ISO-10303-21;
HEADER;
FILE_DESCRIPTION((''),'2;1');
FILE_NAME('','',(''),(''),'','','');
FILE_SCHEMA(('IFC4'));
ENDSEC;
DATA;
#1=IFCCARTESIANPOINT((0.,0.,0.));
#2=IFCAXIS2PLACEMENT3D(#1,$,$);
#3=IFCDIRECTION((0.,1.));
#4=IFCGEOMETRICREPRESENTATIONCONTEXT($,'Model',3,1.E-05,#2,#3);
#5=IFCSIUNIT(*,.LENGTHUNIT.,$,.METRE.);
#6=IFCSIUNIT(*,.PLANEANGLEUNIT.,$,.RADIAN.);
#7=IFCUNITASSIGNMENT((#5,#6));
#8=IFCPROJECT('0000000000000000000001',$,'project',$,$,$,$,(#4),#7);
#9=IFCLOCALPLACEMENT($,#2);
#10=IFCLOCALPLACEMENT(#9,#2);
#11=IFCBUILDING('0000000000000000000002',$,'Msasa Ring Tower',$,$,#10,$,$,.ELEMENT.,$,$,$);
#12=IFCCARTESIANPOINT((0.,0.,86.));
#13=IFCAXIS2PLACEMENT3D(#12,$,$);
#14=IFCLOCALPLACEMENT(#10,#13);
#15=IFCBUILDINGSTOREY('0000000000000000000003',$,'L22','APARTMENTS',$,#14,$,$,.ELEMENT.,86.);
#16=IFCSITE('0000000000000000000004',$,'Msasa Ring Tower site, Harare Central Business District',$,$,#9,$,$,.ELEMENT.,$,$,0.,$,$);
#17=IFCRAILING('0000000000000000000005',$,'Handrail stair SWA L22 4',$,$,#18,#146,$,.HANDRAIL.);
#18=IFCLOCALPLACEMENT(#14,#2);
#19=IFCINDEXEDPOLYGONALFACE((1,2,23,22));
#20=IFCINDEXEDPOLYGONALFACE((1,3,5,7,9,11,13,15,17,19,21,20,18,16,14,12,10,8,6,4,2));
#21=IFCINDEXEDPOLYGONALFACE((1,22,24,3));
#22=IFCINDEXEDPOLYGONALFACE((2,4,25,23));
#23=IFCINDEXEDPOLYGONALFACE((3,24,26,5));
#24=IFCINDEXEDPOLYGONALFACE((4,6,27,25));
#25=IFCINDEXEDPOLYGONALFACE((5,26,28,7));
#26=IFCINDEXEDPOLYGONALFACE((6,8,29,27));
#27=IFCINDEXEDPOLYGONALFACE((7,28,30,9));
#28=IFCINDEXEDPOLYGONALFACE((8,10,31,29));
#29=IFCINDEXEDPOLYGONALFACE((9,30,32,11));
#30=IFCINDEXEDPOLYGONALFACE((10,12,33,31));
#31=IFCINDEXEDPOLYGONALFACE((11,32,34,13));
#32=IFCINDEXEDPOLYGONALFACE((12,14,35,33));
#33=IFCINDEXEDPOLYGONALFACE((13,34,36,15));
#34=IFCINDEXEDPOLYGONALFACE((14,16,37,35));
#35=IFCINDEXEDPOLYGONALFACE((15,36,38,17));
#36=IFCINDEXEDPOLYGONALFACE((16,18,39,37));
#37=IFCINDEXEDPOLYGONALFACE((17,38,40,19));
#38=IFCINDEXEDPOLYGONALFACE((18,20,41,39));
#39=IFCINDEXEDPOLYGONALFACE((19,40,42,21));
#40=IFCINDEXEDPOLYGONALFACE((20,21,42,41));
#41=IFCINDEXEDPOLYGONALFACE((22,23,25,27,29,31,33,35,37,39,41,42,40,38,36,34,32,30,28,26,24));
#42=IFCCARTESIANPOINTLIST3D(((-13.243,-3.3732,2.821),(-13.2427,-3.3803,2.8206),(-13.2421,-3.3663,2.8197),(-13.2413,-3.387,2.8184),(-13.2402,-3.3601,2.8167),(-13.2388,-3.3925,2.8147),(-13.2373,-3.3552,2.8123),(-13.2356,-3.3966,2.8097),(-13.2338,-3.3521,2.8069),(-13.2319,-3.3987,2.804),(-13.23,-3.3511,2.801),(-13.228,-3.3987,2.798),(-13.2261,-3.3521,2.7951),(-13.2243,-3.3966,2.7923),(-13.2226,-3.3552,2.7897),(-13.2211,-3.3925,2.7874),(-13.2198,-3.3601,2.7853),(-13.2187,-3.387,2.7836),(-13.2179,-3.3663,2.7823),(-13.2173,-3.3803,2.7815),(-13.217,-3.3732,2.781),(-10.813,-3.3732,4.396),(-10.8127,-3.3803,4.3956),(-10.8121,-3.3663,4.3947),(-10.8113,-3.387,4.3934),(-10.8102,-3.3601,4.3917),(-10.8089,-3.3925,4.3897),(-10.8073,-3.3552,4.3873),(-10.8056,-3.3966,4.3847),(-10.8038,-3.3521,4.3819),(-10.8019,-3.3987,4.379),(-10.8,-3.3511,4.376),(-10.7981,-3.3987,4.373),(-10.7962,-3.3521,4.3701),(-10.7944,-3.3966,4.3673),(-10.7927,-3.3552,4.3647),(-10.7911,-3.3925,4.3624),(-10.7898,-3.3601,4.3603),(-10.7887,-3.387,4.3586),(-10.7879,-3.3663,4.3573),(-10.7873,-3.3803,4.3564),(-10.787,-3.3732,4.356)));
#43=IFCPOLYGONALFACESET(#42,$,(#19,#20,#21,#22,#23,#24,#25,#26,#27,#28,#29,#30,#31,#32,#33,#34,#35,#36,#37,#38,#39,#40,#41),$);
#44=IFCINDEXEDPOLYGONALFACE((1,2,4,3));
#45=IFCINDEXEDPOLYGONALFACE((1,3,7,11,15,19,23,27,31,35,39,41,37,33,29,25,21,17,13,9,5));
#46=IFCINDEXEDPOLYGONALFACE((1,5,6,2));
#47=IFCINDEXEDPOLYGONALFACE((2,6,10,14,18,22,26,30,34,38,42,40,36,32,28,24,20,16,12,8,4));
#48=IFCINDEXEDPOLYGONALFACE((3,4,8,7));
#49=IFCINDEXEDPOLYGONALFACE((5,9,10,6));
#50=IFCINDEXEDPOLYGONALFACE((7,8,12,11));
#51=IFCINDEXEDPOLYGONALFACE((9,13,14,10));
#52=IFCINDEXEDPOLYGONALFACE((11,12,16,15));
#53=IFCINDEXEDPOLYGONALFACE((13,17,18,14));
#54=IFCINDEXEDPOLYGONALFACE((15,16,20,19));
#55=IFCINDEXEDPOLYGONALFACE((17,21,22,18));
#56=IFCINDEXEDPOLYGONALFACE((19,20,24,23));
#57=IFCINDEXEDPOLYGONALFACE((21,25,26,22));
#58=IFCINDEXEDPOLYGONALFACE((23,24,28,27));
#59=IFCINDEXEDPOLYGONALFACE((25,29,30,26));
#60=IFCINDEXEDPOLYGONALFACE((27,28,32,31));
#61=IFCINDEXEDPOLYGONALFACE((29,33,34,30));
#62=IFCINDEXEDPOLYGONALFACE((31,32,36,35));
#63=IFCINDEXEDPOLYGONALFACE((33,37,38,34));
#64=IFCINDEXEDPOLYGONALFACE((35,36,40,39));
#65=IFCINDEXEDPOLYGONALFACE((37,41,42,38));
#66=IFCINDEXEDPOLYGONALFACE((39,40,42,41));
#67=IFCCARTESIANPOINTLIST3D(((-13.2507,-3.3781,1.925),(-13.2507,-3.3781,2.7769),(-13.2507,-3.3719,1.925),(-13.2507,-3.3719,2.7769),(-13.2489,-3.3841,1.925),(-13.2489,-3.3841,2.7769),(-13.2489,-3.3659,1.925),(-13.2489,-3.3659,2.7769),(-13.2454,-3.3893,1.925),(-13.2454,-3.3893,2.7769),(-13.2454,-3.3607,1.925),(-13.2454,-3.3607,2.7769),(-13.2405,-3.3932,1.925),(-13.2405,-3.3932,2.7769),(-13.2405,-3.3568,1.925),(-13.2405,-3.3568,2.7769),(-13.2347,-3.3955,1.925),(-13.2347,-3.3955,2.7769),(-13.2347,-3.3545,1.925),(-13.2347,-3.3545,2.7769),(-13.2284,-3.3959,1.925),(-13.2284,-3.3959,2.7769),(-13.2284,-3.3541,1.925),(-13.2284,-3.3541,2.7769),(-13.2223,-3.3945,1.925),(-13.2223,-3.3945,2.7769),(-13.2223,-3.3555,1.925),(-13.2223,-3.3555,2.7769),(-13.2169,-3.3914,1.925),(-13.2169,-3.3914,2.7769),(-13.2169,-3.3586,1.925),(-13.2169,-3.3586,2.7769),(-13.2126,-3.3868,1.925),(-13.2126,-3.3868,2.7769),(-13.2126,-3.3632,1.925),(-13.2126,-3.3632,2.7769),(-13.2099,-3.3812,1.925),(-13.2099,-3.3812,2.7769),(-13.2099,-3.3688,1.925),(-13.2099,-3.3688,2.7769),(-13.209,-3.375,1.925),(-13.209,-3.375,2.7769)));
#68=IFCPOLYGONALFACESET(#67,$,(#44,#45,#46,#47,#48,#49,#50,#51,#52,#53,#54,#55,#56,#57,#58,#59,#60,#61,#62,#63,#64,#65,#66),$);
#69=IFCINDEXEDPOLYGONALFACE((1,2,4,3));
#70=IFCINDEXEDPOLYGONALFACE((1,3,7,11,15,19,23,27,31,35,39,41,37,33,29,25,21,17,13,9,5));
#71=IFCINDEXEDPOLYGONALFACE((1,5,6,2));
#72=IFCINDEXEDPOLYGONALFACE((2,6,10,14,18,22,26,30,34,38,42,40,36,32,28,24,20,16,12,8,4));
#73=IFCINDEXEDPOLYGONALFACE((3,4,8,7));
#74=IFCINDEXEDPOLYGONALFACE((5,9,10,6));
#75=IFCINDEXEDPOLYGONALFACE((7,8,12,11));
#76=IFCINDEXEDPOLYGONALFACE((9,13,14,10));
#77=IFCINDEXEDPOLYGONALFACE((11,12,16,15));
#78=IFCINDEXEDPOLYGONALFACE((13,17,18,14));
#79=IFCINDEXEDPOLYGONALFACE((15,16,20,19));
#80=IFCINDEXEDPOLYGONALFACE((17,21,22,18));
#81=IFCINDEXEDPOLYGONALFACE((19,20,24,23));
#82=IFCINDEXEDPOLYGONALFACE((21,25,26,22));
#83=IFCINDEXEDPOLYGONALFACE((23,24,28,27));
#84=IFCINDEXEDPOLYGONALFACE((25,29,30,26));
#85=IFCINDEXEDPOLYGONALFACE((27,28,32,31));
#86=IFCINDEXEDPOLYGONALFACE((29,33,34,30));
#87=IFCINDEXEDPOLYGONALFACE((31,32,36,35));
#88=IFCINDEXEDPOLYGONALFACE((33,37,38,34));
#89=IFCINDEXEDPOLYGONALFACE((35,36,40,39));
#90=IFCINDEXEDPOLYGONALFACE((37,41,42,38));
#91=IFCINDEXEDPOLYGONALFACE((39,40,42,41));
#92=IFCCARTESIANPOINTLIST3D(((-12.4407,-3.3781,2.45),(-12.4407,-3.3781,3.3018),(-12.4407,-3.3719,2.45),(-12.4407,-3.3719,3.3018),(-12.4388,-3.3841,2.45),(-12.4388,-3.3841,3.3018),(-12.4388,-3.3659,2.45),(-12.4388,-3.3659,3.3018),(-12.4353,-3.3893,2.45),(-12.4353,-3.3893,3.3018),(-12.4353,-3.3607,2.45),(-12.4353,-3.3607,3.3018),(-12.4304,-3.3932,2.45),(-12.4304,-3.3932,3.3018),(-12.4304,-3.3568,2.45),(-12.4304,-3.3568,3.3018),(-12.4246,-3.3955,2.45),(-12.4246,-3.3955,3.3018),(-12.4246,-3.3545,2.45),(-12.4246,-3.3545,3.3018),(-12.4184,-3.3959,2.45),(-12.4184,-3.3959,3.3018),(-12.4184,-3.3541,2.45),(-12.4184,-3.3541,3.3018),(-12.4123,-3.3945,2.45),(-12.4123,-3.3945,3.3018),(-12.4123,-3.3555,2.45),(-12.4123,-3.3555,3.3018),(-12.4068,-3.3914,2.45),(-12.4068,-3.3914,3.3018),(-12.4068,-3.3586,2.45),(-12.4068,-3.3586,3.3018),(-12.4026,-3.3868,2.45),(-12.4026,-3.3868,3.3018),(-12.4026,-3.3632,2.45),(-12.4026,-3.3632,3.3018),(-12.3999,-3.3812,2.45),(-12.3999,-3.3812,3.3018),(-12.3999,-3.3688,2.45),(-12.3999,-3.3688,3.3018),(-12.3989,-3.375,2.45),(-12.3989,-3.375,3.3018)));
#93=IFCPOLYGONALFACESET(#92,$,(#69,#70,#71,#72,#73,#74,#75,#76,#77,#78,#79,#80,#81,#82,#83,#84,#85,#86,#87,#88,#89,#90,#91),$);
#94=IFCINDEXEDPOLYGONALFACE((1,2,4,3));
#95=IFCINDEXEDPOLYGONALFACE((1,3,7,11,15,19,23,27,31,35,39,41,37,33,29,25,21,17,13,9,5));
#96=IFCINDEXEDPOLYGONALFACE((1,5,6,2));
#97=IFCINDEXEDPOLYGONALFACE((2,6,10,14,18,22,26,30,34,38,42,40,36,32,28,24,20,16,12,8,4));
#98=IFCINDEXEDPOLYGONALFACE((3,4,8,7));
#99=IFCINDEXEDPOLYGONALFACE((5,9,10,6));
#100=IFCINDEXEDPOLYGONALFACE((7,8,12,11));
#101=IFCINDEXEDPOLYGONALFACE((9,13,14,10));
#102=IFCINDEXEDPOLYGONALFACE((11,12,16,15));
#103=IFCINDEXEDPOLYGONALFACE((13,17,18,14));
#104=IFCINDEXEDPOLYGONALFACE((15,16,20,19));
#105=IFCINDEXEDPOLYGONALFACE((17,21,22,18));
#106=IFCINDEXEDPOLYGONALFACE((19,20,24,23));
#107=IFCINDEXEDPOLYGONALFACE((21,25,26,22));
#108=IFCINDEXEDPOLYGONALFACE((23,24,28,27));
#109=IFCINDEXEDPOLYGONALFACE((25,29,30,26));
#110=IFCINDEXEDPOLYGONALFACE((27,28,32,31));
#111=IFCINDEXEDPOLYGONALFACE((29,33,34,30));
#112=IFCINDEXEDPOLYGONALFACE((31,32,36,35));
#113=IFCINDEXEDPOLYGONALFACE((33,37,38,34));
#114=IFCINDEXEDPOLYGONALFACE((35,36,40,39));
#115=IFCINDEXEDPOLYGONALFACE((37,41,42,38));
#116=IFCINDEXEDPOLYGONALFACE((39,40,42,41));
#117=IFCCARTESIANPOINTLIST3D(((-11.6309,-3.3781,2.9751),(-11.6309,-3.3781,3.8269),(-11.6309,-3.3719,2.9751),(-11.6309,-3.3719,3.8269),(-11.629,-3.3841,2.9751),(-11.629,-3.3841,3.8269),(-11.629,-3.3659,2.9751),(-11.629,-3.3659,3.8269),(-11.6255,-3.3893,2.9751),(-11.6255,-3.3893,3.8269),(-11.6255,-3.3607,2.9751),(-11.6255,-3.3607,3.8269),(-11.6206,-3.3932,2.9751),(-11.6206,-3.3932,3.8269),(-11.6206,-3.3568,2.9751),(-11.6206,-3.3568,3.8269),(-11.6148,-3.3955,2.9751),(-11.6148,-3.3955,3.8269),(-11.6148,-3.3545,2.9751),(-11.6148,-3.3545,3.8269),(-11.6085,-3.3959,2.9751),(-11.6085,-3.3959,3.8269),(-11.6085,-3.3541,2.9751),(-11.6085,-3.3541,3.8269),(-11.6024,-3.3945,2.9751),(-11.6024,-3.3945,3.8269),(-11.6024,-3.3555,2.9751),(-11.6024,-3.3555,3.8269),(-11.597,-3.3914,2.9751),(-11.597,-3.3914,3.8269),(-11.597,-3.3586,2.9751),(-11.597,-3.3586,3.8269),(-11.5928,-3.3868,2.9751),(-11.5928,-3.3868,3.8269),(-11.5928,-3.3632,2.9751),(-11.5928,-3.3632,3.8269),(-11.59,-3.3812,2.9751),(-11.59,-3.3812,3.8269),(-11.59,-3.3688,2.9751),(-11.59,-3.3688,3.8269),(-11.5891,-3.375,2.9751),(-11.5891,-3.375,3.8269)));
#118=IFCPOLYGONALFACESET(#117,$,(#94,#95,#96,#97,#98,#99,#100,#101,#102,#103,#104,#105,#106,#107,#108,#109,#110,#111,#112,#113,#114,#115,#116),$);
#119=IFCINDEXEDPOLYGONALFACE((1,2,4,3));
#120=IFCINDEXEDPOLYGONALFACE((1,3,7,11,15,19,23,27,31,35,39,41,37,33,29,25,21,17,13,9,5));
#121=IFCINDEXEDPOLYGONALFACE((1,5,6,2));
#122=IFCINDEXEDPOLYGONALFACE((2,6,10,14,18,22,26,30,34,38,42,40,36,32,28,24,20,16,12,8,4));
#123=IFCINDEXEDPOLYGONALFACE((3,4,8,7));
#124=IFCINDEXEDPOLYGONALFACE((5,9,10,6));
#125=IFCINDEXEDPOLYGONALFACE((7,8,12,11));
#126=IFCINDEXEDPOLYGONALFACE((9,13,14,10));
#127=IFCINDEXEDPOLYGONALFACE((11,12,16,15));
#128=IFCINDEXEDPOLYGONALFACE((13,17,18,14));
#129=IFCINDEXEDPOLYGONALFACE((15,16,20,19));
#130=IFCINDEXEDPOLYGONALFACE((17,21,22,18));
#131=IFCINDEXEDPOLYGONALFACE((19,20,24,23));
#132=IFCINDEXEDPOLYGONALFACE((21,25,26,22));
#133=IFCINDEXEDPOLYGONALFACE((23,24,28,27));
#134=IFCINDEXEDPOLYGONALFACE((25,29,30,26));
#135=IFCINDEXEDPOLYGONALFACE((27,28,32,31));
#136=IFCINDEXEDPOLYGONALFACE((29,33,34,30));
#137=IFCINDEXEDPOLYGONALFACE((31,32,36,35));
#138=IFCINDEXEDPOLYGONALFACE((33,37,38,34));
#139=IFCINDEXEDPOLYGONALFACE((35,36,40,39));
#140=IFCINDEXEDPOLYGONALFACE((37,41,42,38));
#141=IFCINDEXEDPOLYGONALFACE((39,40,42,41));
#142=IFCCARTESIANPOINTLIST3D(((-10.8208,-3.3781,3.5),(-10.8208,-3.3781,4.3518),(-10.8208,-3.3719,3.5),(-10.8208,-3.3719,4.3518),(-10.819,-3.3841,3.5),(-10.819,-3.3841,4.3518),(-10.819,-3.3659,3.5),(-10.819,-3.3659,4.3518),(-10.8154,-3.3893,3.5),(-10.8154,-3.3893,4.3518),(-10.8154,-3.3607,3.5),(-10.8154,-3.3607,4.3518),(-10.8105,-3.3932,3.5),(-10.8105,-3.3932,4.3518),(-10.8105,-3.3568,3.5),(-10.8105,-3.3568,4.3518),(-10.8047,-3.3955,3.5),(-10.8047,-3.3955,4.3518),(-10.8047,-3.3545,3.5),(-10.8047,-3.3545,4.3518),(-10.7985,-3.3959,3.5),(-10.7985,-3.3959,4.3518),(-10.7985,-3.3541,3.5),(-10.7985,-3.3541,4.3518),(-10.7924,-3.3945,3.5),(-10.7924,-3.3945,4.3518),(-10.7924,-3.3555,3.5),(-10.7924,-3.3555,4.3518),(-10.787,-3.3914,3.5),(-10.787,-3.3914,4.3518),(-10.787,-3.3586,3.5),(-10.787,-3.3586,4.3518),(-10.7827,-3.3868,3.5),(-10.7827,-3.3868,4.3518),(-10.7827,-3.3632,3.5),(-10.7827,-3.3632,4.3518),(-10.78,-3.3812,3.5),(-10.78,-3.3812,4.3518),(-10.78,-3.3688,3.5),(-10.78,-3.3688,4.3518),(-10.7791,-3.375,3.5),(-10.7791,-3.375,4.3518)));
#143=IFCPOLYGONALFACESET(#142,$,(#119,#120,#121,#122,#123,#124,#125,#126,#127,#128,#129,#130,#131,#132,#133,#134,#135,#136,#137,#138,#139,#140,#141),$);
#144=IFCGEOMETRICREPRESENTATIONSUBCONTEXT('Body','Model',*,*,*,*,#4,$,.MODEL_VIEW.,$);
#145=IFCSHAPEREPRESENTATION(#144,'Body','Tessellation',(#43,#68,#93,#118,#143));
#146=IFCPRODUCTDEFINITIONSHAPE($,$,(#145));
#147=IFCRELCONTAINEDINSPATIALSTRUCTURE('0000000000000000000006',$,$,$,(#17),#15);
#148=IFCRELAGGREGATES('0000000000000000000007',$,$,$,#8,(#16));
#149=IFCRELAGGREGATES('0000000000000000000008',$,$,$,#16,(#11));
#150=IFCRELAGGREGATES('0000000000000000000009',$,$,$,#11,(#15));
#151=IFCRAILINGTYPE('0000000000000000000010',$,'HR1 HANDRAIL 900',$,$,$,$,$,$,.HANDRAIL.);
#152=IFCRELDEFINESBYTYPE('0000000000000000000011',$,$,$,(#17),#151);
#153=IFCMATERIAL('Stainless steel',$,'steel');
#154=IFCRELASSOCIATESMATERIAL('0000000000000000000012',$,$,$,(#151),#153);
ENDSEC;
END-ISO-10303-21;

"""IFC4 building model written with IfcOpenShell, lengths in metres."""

from ifc_helpers import new_model, si_unit, direction, frame, origin, origin_2d, place, context, subcontext, project, spatial, circle, extrude, material, type_object, element, save


model = new_model("IFC4")

# Units and contexts
model_context = context("Model", 3, precision=1e-05, world=origin(), true_north=direction((0.0, 1.0)))
body_context = subcontext(model_context, "Body", "Model", "MODEL_VIEW")
ifc_project = project(units=[si_unit("LENGTHUNIT", "METRE"), si_unit("PLANEANGLEUNIT", "RADIAN")], contexts=[model_context])

# Site, building, storey
site_placement = place(None, origin())
site = spatial("IfcSite", under=ifc_project, at=site_placement, Name="Msasa Ring Tower site, Harare Central Business District", CompositionType="ELEMENT", RefElevation=0.0)
building_placement = place(site_placement, origin())
building = spatial("IfcBuilding", under=site, at=building_placement, Name="Msasa Ring Tower", CompositionType="ELEMENT")
storey_placement = place(building_placement, frame((0.0, 0.0, 86.0)))
storey = spatial("IfcBuildingStorey", under=building, at=storey_placement, Name="L22", Description="APARTMENTS", CompositionType="ELEMENT", Elevation=86.0)

# Railing
ifc_material_1 = material(Name="Stainless steel", Category="steel")
railing_type = type_object("IfcRailingType", Name="HR1 HANDRAIL 900", PredefinedType="HANDRAIL", material=ifc_material_1)
for number, where, name in (
    (1, (-13.23, -3.375, 1.925), "Handrail stair SWA L22 4"),
):
    element("IfcRailing", number, at=place(storey_placement, frame(where)), inside=storey, type_object=railing_type, Name=name, PredefinedType="HANDRAIL", context=body_context, shape_type="SweptSolid", body=[
        extrude(circle(Radius=0.0239, at=origin_2d()), frame((0.0, 0.0, 0.876), z_axis=(0.839154, 0.0, 0.543894), x_axis=(0.0, 1.0, 0.0)), (0.0, 0.0, 1.0), 2.8958),
        extrude(circle(Radius=0.021, at=origin_2d()), origin(), (0.0, 0.0, 1.0), 0.8518),
        extrude(circle(Radius=0.021, at=origin_2d()), frame((0.8101, 0.0, 0.5249)), (0.0, 0.0, 1.0), 0.8518),
        extrude(circle(Radius=0.021, at=origin_2d()), frame((1.6199, 0.0, 1.05)), (0.0, 0.0, 1.0), 0.8518),
        extrude(circle(Radius=0.021, at=origin_2d()), frame((2.4299, 0.0, 1.575)), (0.0, 0.0, 1.0), 0.8518),
    ])

save(model, "model.ifc")
